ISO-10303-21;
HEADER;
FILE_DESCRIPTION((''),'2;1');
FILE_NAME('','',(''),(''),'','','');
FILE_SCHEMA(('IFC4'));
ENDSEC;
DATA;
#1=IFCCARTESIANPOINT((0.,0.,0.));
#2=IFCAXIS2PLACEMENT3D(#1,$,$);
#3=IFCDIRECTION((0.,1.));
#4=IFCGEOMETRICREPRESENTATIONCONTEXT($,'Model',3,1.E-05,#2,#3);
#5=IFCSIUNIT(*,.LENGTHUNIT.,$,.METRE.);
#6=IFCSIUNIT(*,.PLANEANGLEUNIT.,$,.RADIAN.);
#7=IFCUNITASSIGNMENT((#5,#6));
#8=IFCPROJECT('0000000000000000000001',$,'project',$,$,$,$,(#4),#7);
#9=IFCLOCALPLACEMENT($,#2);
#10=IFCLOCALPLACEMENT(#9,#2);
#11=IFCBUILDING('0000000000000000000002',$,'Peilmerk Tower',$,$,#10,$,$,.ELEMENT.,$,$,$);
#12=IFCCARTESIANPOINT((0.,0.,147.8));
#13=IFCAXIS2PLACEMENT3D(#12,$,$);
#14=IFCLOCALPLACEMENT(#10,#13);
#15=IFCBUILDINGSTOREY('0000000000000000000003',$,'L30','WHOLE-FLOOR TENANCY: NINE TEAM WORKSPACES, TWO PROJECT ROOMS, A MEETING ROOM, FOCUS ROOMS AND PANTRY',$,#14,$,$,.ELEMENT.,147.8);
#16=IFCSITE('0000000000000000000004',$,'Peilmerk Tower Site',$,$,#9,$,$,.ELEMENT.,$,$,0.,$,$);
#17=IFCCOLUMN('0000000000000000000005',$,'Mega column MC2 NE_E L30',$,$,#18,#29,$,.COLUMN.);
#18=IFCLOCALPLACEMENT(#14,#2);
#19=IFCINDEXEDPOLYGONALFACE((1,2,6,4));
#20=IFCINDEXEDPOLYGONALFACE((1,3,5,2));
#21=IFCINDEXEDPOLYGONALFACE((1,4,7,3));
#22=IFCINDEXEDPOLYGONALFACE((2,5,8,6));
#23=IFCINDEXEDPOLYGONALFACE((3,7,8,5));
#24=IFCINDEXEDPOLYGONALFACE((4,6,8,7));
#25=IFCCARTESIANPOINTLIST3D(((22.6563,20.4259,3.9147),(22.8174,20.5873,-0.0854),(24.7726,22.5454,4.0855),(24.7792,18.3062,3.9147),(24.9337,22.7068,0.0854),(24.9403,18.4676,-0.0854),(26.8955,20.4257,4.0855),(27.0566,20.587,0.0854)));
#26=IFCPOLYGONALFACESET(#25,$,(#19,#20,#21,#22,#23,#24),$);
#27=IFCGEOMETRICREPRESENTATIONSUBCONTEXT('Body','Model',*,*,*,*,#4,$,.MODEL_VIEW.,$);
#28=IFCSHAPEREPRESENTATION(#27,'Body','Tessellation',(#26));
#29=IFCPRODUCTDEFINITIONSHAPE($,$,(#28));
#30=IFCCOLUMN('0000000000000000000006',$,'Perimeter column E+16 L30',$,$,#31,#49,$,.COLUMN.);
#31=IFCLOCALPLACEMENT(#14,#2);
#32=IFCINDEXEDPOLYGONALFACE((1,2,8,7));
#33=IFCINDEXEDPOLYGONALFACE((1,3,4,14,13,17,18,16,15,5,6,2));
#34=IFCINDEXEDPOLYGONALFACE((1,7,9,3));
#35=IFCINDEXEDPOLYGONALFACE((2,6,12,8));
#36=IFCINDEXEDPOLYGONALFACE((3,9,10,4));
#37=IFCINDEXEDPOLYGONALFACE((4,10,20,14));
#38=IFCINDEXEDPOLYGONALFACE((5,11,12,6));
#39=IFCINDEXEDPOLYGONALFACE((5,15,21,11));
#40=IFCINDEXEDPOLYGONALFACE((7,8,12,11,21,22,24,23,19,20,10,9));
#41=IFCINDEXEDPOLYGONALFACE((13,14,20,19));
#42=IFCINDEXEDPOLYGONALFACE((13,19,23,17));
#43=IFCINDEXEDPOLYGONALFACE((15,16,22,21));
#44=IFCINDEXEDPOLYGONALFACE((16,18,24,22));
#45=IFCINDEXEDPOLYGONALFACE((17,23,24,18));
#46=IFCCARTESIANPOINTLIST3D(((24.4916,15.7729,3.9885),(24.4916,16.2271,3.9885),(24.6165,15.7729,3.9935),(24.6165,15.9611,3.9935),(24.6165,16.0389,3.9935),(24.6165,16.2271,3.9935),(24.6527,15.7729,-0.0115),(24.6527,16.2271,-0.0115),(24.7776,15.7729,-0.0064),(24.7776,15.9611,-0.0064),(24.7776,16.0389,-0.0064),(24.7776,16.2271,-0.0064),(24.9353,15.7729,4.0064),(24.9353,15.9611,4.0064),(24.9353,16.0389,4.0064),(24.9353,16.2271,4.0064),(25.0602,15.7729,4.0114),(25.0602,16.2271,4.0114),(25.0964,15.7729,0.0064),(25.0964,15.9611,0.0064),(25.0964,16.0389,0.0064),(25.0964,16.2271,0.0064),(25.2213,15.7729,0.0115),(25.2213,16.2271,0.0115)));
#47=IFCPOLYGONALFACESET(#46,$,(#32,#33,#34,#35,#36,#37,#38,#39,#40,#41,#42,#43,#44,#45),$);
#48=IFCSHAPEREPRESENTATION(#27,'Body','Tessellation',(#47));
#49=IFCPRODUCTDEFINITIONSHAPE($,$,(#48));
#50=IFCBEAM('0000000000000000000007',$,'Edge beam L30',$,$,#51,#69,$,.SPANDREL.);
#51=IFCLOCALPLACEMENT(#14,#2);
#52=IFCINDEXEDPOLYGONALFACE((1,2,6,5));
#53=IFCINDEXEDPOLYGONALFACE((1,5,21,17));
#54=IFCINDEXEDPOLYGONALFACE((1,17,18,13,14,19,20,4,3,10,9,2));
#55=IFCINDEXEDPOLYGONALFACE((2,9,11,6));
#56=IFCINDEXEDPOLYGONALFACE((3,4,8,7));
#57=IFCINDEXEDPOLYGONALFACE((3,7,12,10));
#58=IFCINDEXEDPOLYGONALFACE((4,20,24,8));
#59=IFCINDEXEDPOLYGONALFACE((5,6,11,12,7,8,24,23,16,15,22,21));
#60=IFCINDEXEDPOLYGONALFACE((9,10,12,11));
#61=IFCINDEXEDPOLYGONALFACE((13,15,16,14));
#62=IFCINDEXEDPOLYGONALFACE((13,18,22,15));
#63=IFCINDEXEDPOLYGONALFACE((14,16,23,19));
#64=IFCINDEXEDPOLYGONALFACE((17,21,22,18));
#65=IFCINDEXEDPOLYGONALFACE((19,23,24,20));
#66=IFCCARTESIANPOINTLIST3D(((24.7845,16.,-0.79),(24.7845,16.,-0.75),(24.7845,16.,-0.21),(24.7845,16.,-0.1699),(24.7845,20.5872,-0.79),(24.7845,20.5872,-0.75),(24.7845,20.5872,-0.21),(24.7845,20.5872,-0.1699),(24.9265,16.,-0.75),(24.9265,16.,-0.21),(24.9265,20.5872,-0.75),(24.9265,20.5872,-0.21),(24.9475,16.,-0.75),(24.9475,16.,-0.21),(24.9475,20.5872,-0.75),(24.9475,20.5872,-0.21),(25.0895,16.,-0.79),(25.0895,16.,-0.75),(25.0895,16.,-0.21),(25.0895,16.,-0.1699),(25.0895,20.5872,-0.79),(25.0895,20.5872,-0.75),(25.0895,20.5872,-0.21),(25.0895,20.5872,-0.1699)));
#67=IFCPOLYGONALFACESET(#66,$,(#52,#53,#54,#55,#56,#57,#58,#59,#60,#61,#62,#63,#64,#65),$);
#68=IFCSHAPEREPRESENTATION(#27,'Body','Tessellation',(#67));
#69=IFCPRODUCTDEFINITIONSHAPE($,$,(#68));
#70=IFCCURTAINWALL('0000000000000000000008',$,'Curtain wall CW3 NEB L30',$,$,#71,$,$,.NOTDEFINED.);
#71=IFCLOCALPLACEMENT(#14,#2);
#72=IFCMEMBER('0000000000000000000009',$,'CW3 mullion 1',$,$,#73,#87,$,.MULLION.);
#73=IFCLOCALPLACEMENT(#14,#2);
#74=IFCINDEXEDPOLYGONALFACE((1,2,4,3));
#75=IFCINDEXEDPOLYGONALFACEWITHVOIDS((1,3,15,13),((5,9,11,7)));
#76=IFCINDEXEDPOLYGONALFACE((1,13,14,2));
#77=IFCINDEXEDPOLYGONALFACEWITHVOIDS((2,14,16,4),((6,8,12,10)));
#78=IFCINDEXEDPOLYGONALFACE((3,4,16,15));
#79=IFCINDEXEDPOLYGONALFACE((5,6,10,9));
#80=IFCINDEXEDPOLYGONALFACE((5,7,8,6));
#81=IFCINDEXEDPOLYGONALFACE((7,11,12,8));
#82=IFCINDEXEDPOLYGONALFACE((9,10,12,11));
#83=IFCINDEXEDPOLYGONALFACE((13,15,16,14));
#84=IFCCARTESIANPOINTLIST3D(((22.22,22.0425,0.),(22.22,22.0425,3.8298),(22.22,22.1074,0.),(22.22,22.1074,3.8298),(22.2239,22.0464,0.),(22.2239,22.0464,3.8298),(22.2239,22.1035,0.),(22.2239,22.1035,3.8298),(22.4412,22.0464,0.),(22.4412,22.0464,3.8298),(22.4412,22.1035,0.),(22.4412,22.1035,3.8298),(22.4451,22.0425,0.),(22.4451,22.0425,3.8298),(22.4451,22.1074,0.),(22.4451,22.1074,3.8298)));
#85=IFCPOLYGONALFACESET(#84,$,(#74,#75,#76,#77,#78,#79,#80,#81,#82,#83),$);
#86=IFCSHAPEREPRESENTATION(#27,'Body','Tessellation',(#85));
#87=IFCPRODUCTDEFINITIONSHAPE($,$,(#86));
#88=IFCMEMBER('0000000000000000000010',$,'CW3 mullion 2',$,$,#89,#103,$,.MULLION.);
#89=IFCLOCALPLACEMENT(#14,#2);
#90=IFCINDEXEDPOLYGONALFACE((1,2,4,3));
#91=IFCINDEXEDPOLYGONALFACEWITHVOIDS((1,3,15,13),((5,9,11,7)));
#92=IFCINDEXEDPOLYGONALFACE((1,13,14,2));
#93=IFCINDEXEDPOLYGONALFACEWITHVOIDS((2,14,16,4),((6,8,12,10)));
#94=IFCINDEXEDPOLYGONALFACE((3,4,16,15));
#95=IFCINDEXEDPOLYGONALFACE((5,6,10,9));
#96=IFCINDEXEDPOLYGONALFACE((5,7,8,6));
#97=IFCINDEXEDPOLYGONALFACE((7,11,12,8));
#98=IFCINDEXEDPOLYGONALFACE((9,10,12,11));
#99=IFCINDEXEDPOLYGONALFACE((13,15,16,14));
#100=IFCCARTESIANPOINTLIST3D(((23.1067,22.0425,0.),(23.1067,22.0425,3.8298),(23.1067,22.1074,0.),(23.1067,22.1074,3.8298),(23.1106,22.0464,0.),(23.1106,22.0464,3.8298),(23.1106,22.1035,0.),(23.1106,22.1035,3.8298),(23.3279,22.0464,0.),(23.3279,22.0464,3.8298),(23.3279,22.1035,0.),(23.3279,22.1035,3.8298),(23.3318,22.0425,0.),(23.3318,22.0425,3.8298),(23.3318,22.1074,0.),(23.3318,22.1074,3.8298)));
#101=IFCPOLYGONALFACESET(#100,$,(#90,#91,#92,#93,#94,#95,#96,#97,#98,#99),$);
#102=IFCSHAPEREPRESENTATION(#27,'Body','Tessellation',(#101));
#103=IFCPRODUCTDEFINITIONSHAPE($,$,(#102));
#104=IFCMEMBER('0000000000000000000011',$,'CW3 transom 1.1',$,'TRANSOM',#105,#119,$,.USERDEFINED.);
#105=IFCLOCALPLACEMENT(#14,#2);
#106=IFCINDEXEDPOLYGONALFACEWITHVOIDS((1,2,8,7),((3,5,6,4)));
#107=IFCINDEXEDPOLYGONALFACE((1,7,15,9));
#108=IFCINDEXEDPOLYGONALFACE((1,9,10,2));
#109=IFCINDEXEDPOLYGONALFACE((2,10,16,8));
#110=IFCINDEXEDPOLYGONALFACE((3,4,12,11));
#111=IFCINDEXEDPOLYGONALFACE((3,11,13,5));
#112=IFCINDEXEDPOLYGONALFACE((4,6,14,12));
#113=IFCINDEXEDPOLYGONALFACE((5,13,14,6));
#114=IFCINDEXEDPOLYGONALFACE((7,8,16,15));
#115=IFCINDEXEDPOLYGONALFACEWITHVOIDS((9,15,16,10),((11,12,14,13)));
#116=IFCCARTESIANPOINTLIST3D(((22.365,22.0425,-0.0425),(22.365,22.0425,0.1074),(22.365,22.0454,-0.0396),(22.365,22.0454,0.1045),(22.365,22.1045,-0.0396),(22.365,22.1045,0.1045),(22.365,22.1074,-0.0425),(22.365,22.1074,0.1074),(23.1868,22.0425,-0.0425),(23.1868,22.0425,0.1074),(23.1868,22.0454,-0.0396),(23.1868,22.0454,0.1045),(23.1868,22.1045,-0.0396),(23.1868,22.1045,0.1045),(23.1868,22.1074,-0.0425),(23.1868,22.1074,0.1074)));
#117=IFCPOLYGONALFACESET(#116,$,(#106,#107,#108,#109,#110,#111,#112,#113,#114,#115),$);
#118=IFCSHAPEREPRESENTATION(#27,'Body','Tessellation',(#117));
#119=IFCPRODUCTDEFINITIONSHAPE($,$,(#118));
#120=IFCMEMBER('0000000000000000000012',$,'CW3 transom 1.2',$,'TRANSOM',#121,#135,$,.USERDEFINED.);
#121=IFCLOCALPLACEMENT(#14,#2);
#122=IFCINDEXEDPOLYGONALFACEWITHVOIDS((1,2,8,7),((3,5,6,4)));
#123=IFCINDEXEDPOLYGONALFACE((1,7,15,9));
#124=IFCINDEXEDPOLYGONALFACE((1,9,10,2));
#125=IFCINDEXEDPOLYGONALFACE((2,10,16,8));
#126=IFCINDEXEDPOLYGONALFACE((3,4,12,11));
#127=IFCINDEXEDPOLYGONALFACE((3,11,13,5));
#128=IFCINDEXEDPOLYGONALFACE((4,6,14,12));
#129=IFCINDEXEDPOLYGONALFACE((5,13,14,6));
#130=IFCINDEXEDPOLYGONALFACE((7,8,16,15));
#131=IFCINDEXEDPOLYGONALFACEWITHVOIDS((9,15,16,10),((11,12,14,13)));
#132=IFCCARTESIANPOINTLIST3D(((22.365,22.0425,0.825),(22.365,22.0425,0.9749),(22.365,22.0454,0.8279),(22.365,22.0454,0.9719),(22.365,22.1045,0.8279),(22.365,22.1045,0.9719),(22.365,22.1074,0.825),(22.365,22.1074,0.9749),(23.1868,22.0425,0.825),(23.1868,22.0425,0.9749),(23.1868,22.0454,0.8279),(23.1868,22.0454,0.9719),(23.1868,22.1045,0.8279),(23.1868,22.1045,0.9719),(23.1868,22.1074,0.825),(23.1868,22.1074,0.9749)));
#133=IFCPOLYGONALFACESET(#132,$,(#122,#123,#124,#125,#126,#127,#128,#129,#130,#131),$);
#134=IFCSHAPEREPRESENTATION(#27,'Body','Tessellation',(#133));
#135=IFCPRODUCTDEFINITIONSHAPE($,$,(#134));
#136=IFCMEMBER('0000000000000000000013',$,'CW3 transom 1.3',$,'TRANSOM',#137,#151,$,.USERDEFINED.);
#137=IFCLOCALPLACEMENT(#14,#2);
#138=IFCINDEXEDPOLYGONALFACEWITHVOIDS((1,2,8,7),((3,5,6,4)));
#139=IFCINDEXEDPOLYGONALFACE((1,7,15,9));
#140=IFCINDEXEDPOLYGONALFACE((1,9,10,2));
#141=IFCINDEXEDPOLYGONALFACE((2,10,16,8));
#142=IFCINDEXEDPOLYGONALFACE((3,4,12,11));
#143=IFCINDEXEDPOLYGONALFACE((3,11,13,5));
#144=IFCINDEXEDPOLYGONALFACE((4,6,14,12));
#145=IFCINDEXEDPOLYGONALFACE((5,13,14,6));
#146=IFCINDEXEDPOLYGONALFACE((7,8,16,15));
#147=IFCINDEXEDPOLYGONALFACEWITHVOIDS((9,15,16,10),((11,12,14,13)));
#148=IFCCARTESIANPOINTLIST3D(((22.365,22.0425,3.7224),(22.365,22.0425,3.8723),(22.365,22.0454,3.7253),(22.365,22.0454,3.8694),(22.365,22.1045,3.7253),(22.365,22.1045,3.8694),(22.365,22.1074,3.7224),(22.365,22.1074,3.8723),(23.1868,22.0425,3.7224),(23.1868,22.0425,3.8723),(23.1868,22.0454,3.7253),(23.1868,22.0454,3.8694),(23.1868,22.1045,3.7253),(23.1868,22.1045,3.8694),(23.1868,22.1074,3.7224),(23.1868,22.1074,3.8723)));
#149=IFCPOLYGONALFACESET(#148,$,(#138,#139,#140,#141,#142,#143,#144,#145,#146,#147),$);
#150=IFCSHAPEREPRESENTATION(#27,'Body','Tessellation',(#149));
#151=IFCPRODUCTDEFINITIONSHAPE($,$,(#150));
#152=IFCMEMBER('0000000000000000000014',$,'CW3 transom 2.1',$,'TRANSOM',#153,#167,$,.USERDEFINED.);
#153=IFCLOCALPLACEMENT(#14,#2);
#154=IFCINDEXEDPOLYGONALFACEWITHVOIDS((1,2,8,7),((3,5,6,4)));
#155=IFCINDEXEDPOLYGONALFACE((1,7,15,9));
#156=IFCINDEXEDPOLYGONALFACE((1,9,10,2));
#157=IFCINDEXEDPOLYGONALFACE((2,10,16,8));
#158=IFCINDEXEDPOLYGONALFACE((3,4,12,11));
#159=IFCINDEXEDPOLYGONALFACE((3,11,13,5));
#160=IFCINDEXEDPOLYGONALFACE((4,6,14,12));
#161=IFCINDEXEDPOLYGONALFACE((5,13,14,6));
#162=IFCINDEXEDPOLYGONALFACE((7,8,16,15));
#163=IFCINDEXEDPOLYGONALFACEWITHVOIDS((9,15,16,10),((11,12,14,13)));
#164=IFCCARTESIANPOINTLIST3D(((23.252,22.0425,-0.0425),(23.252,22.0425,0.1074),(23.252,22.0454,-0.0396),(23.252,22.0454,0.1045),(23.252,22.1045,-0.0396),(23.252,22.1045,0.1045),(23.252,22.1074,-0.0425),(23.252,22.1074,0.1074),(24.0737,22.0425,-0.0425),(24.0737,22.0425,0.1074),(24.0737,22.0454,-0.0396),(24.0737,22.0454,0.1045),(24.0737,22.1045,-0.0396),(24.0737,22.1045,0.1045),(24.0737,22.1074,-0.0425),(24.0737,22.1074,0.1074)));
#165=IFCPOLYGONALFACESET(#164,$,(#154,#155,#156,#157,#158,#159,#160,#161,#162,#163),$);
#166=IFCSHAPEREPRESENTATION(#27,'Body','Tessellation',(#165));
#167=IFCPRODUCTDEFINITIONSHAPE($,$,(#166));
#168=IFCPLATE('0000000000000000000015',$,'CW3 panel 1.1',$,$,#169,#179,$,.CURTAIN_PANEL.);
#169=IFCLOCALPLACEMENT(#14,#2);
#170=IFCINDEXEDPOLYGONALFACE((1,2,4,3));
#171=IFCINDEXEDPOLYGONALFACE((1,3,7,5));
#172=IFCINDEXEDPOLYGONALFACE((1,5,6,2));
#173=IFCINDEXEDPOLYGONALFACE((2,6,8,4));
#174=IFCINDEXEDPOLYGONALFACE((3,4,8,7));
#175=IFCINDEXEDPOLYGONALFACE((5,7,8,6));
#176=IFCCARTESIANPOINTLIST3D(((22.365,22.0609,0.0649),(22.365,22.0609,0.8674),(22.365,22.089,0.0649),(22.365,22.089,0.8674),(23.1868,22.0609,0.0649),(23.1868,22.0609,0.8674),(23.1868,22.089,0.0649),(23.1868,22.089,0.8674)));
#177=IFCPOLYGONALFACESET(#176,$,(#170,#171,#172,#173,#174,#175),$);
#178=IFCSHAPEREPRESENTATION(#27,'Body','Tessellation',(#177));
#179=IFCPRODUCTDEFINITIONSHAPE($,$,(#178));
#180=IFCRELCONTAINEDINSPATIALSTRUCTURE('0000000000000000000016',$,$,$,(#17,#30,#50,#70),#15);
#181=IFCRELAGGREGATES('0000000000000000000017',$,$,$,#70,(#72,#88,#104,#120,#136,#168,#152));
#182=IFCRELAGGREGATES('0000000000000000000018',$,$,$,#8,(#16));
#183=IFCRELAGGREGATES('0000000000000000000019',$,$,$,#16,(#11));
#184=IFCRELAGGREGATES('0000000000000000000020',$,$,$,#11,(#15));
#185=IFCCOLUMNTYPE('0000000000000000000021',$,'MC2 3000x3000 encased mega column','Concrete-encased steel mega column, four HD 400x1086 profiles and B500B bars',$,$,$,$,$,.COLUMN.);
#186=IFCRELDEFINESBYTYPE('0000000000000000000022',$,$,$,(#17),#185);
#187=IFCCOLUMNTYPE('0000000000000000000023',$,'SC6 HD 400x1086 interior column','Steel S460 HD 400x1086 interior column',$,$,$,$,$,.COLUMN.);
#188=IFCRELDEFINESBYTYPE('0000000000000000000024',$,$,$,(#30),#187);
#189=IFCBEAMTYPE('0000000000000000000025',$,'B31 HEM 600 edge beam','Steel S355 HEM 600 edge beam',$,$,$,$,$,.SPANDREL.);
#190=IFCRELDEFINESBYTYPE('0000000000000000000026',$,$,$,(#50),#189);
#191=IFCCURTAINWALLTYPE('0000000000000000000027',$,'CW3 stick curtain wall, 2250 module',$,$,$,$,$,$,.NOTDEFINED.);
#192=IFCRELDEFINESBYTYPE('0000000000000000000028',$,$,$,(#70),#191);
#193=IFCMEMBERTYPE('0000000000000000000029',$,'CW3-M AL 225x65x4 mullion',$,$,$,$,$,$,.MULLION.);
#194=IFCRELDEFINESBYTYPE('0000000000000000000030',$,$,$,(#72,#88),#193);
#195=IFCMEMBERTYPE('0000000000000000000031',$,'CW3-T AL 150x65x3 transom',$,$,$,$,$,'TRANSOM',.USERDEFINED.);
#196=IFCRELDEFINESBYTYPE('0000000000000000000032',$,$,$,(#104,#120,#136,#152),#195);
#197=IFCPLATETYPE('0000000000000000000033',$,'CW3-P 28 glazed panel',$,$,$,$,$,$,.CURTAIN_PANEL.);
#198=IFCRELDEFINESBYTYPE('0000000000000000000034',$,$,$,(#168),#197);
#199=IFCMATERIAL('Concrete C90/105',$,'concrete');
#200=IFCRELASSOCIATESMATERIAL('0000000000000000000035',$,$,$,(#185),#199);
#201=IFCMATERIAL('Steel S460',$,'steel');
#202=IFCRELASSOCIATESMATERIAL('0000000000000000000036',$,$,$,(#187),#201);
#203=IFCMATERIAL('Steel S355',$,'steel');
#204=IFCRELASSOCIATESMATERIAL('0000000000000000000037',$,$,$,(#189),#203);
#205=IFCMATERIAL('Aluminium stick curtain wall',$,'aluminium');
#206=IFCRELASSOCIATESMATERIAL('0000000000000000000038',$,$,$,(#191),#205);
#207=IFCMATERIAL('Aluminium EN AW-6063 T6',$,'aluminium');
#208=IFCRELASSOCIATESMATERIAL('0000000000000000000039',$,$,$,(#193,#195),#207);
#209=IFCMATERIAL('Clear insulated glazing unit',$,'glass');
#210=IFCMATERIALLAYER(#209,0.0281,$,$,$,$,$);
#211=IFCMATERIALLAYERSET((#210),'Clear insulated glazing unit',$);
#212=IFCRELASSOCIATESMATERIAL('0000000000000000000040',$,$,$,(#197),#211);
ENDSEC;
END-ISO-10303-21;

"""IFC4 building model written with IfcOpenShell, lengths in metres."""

from ifc_helpers import new_model, si_unit, direction, frame, origin, origin_2d, place, context, subcontext, project, spatial, rectangle, hollow_rectangle, i_section, extrude, material, layer, layer_set, material_profile, profile_set, type_object, element, aggregate, save


model = new_model("IFC4")

# Units and contexts
model_context = context("Model", 3, precision=1e-05, world=origin(), true_north=direction((0.0, 1.0)))
body_context = subcontext(model_context, "Body", "Model", "MODEL_VIEW")
ifc_project = project(units=[si_unit("LENGTHUNIT", "METRE"), si_unit("PLANEANGLEUNIT", "RADIAN")], contexts=[model_context])

# Site, building, storey
site_placement = place(None, origin())
site = spatial("IfcSite", under=ifc_project, at=site_placement, Name="Peilmerk Tower Site", CompositionType="ELEMENT", RefElevation=0.0)
building_placement = place(site_placement, origin())
building = spatial("IfcBuilding", under=site, at=building_placement, Name="Peilmerk Tower", CompositionType="ELEMENT")
storey_placement = place(building_placement, frame((0.0, 0.0, 147.8)))
storey = spatial("IfcBuildingStorey", under=building, at=storey_placement, Name="L30", Description="WHOLE-FLOOR TENANCY: NINE TEAM WORKSPACES, TWO PROJECT ROOMS, A MEETING ROOM, FOCUS ROOMS AND PANTRY", CompositionType="ELEMENT", Elevation=147.8)

# Columns
ifc_material_1 = material(Name="Concrete C90/105", Category="concrete")
ifc_material_profile_1 = material_profile(ifc_material_1, rectangle(XDim=3.0, YDim=3.0, at=origin_2d()), Name="RC 3000x3000")
ifc_profile_set_1 = profile_set([ifc_material_profile_1], Name="Concrete C90/105")
column_type_1 = type_object("IfcColumnType", Name="MC2 3000x3000 encased mega column", Description="Concrete-encased steel mega column, four HD 400x1086 profiles and B500B bars", PredefinedType="COLUMN", material=ifc_profile_set_1)
column_1_placement = place(storey_placement, frame((24.937, 20.5872, 0.0), z_axis=(-0.040218, -0.040279, 0.998379), x_axis=(0.707642, -0.706571, 0.0)))
element("IfcColumn", 1, at=column_1_placement, inside=storey, type_object=column_type_1, Name="Mega column MC2 NE_E L30", PredefinedType="COLUMN", context=body_context, shape_type="SweptSolid", body=[
    extrude(rectangle(XDim=3.0, YDim=3.0, at=origin_2d()), origin(), (0.0, 0.0, 1.0), 4.0066),
])
ifc_material_2 = material(Name="Steel S460", Category="steel")
ifc_material_profile_2 = material_profile(ifc_material_2, i_section(OverallWidth=0.4541, OverallDepth=0.5691, WebThickness=0.0779, FlangeThickness=0.125, at=origin_2d()), Name="HD 400x1086")
ifc_profile_set_2 = profile_set([ifc_material_profile_2], Name="Steel S460")
column_type_2 = type_object("IfcColumnType", Name="SC6 HD 400x1086 interior column", Description="Steel S460 HD 400x1086 interior column", PredefinedType="COLUMN", material=ifc_profile_set_2)
column_2_placement = place(storey_placement, frame((24.937, 16.0, 0.0), z_axis=(-0.040251, 0.0, 0.99919), x_axis=(0.0, -1.0, 0.0)))
element("IfcColumn", 2, at=column_2_placement, inside=storey, type_object=column_type_2, Name="Perimeter column E+16 L30", PredefinedType="COLUMN", context=body_context, shape_type="SweptSolid", body=[
    extrude(i_section(OverallWidth=0.4541, OverallDepth=0.5691, WebThickness=0.0779, FlangeThickness=0.125, at=origin_2d()), origin(), (0.0, 0.0, 1.0), 4.0032),
])

# Beam
ifc_material_3 = material(Name="Steel S355", Category="steel")
ifc_material_profile_3 = material_profile(ifc_material_3, i_section(OverallWidth=0.3049, OverallDepth=0.6201, WebThickness=0.021, FlangeThickness=0.04, at=origin_2d()), Name="HEM 600")
ifc_profile_set_3 = profile_set([ifc_material_profile_3], Name="Steel S355")
beam_type = type_object("IfcBeamType", Name="B31 HEM 600 edge beam", Description="Steel S355 HEM 600 edge beam", PredefinedType="SPANDREL", material=ifc_profile_set_3)
beam_placement = place(storey_placement, frame((24.937, 16.0, -0.48), z_axis=(0.0, 1.0, 0.0), x_axis=(-1.0, 0.0, 0.0)))
element("IfcBeam", 3, at=beam_placement, inside=storey, type_object=beam_type, Name="Edge beam L30", PredefinedType="SPANDREL", context=body_context, shape_type="SweptSolid", body=[
    extrude(i_section(OverallWidth=0.3049, OverallDepth=0.6201, WebThickness=0.021, FlangeThickness=0.04, at=origin_2d()), origin(), (0.0, 0.0, 1.0), 4.5872),
])

# Curtain wall, members, plate
ifc_material_4 = material(Name="Aluminium stick curtain wall", Category="aluminium")
curtain_wall_type = type_object("IfcCurtainWallType", Name="CW3 stick curtain wall, 2250 module", PredefinedType="NOTDEFINED", material=ifc_material_4)
curtain_wall_placement = place(storey_placement, origin())
curtain_wall = element("IfcCurtainWall", 4, at=curtain_wall_placement, inside=storey, type_object=curtain_wall_type, Name="Curtain wall CW3 NEB L30", PredefinedType="NOTDEFINED")
ifc_material_5 = material(Name="Aluminium EN AW-6063 T6", Category="aluminium")
ifc_material_profile_4 = material_profile(ifc_material_5, hollow_rectangle(XDim=0.0649, YDim=0.2251, WallThickness=0.0039, at=origin_2d()), Name="AL 225x65x4")
ifc_profile_set_4 = profile_set([ifc_material_profile_4], Name="Aluminium EN AW-6063 T6")
member_type_1 = type_object("IfcMemberType", Name="CW3-M AL 225x65x4 mullion", PredefinedType="MULLION", material=ifc_profile_set_4)
member_1_placement = place(storey_placement, frame((22.3325, 22.075, 0.0), z_axis=(0.0, 0.0, 1.0), x_axis=(0.0, 1.0, 0.0)))
member_1 = element("IfcMember", 5, at=member_1_placement, type_object=member_type_1, Name="CW3 mullion 1", PredefinedType="MULLION", context=body_context, shape_type="SweptSolid", body=[
    extrude(hollow_rectangle(XDim=0.0649, YDim=0.2251, WallThickness=0.0039, at=origin_2d()), origin(), (0.0, 0.0, 1.0), 3.8298),
])
member_2_placement = place(storey_placement, frame((23.2192, 22.075, 0.0), z_axis=(0.0, 0.0, 1.0), x_axis=(0.0, 1.0, 0.0)))
member_2 = element("IfcMember", 6, at=member_2_placement, type_object=member_type_1, Name="CW3 mullion 2", PredefinedType="MULLION", context=body_context, shape_type="SweptSolid", body=[
    extrude(hollow_rectangle(XDim=0.0649, YDim=0.2251, WallThickness=0.0039, at=origin_2d()), origin(), (0.0, 0.0, 1.0), 3.8298),
])
ifc_material_profile_5 = material_profile(ifc_material_5, hollow_rectangle(XDim=0.0649, YDim=0.1499, WallThickness=0.0029, at=origin_2d()), Name="AL 150x65x3")
ifc_profile_set_5 = profile_set([ifc_material_profile_5], Name="Aluminium EN AW-6063 T6")
member_type_2 = type_object("IfcMemberType", Name="CW3-T AL 150x65x3 transom", ElementType="TRANSOM", PredefinedType="USERDEFINED", material=ifc_profile_set_5)
member_3_placement = place(storey_placement, frame((22.365, 22.075, 0.0325), z_axis=(1.0, 0.0, 0.0), x_axis=(0.0, 1.0, 0.0)))
member_3 = element("IfcMember", 7, at=member_3_placement, type_object=member_type_2, Name="CW3 transom 1.1", ObjectType="TRANSOM", PredefinedType="USERDEFINED", context=body_context, shape_type="SweptSolid", body=[
    extrude(hollow_rectangle(XDim=0.0649, YDim=0.1499, WallThickness=0.0029, at=origin_2d()), origin(), (0.0, 0.0, 1.0), 0.8218),
])
member_4_placement = place(storey_placement, frame((22.365, 22.075, 0.8999), z_axis=(1.0, 0.0, 0.0), x_axis=(0.0, 1.0, 0.0)))
member_4 = element("IfcMember", 8, at=member_4_placement, type_object=member_type_2, Name="CW3 transom 1.2", ObjectType="TRANSOM", PredefinedType="USERDEFINED", context=body_context, shape_type="SweptSolid", body=[
    extrude(hollow_rectangle(XDim=0.0649, YDim=0.1499, WallThickness=0.0029, at=origin_2d()), origin(), (0.0, 0.0, 1.0), 0.8218),
])
member_5_placement = place(storey_placement, frame((22.365, 22.075, 3.7974), z_axis=(1.0, 0.0, 0.0), x_axis=(0.0, 1.0, 0.0)))
member_5 = element("IfcMember", 9, at=member_5_placement, type_object=member_type_2, Name="CW3 transom 1.3", ObjectType="TRANSOM", PredefinedType="USERDEFINED", context=body_context, shape_type="SweptSolid", body=[
    extrude(hollow_rectangle(XDim=0.0649, YDim=0.1499, WallThickness=0.0029, at=origin_2d()), origin(), (0.0, 0.0, 1.0), 0.8218),
])
member_6_placement = place(storey_placement, frame((23.252, 22.075, 0.0325), z_axis=(1.0, 0.0, 0.0), x_axis=(0.0, 1.0, 0.0)))
member_6 = element("IfcMember", 10, at=member_6_placement, type_object=member_type_2, Name="CW3 transom 2.1", ObjectType="TRANSOM", PredefinedType="USERDEFINED", context=body_context, shape_type="SweptSolid", body=[
    extrude(hollow_rectangle(XDim=0.0649, YDim=0.1499, WallThickness=0.0029, at=origin_2d()), origin(), (0.0, 0.0, 1.0), 0.8218),
])
ifc_material_6 = material(Name="Clear insulated glazing unit", Category="glass")
ifc_layer = layer(ifc_material_6, 0.0281)
ifc_layer_set = layer_set([ifc_layer], Name="Clear insulated glazing unit")
plate_type = type_object("IfcPlateType", Name="CW3-P 28 glazed panel", PredefinedType="CURTAIN_PANEL", material=ifc_layer_set)
plate_1_placement = place(storey_placement, frame((22.7759, 22.075, 0.0649), z_axis=(0.0, 0.0, 1.0), x_axis=(1.0, 0.0, 0.0)))
plate_1 = element("IfcPlate", 11, at=plate_1_placement, type_object=plate_type, Name="CW3 panel 1.1", PredefinedType="CURTAIN_PANEL", context=body_context, shape_type="SweptSolid", body=[
    extrude(rectangle(XDim=0.8218, YDim=0.0281, at=origin_2d()), origin(), (0.0, 0.0, 1.0), 0.8025),
])
aggregate(curtain_wall, [member_1, member_2, member_3, member_4, member_5, plate_1, member_6])

save(model, "model.ifc")
